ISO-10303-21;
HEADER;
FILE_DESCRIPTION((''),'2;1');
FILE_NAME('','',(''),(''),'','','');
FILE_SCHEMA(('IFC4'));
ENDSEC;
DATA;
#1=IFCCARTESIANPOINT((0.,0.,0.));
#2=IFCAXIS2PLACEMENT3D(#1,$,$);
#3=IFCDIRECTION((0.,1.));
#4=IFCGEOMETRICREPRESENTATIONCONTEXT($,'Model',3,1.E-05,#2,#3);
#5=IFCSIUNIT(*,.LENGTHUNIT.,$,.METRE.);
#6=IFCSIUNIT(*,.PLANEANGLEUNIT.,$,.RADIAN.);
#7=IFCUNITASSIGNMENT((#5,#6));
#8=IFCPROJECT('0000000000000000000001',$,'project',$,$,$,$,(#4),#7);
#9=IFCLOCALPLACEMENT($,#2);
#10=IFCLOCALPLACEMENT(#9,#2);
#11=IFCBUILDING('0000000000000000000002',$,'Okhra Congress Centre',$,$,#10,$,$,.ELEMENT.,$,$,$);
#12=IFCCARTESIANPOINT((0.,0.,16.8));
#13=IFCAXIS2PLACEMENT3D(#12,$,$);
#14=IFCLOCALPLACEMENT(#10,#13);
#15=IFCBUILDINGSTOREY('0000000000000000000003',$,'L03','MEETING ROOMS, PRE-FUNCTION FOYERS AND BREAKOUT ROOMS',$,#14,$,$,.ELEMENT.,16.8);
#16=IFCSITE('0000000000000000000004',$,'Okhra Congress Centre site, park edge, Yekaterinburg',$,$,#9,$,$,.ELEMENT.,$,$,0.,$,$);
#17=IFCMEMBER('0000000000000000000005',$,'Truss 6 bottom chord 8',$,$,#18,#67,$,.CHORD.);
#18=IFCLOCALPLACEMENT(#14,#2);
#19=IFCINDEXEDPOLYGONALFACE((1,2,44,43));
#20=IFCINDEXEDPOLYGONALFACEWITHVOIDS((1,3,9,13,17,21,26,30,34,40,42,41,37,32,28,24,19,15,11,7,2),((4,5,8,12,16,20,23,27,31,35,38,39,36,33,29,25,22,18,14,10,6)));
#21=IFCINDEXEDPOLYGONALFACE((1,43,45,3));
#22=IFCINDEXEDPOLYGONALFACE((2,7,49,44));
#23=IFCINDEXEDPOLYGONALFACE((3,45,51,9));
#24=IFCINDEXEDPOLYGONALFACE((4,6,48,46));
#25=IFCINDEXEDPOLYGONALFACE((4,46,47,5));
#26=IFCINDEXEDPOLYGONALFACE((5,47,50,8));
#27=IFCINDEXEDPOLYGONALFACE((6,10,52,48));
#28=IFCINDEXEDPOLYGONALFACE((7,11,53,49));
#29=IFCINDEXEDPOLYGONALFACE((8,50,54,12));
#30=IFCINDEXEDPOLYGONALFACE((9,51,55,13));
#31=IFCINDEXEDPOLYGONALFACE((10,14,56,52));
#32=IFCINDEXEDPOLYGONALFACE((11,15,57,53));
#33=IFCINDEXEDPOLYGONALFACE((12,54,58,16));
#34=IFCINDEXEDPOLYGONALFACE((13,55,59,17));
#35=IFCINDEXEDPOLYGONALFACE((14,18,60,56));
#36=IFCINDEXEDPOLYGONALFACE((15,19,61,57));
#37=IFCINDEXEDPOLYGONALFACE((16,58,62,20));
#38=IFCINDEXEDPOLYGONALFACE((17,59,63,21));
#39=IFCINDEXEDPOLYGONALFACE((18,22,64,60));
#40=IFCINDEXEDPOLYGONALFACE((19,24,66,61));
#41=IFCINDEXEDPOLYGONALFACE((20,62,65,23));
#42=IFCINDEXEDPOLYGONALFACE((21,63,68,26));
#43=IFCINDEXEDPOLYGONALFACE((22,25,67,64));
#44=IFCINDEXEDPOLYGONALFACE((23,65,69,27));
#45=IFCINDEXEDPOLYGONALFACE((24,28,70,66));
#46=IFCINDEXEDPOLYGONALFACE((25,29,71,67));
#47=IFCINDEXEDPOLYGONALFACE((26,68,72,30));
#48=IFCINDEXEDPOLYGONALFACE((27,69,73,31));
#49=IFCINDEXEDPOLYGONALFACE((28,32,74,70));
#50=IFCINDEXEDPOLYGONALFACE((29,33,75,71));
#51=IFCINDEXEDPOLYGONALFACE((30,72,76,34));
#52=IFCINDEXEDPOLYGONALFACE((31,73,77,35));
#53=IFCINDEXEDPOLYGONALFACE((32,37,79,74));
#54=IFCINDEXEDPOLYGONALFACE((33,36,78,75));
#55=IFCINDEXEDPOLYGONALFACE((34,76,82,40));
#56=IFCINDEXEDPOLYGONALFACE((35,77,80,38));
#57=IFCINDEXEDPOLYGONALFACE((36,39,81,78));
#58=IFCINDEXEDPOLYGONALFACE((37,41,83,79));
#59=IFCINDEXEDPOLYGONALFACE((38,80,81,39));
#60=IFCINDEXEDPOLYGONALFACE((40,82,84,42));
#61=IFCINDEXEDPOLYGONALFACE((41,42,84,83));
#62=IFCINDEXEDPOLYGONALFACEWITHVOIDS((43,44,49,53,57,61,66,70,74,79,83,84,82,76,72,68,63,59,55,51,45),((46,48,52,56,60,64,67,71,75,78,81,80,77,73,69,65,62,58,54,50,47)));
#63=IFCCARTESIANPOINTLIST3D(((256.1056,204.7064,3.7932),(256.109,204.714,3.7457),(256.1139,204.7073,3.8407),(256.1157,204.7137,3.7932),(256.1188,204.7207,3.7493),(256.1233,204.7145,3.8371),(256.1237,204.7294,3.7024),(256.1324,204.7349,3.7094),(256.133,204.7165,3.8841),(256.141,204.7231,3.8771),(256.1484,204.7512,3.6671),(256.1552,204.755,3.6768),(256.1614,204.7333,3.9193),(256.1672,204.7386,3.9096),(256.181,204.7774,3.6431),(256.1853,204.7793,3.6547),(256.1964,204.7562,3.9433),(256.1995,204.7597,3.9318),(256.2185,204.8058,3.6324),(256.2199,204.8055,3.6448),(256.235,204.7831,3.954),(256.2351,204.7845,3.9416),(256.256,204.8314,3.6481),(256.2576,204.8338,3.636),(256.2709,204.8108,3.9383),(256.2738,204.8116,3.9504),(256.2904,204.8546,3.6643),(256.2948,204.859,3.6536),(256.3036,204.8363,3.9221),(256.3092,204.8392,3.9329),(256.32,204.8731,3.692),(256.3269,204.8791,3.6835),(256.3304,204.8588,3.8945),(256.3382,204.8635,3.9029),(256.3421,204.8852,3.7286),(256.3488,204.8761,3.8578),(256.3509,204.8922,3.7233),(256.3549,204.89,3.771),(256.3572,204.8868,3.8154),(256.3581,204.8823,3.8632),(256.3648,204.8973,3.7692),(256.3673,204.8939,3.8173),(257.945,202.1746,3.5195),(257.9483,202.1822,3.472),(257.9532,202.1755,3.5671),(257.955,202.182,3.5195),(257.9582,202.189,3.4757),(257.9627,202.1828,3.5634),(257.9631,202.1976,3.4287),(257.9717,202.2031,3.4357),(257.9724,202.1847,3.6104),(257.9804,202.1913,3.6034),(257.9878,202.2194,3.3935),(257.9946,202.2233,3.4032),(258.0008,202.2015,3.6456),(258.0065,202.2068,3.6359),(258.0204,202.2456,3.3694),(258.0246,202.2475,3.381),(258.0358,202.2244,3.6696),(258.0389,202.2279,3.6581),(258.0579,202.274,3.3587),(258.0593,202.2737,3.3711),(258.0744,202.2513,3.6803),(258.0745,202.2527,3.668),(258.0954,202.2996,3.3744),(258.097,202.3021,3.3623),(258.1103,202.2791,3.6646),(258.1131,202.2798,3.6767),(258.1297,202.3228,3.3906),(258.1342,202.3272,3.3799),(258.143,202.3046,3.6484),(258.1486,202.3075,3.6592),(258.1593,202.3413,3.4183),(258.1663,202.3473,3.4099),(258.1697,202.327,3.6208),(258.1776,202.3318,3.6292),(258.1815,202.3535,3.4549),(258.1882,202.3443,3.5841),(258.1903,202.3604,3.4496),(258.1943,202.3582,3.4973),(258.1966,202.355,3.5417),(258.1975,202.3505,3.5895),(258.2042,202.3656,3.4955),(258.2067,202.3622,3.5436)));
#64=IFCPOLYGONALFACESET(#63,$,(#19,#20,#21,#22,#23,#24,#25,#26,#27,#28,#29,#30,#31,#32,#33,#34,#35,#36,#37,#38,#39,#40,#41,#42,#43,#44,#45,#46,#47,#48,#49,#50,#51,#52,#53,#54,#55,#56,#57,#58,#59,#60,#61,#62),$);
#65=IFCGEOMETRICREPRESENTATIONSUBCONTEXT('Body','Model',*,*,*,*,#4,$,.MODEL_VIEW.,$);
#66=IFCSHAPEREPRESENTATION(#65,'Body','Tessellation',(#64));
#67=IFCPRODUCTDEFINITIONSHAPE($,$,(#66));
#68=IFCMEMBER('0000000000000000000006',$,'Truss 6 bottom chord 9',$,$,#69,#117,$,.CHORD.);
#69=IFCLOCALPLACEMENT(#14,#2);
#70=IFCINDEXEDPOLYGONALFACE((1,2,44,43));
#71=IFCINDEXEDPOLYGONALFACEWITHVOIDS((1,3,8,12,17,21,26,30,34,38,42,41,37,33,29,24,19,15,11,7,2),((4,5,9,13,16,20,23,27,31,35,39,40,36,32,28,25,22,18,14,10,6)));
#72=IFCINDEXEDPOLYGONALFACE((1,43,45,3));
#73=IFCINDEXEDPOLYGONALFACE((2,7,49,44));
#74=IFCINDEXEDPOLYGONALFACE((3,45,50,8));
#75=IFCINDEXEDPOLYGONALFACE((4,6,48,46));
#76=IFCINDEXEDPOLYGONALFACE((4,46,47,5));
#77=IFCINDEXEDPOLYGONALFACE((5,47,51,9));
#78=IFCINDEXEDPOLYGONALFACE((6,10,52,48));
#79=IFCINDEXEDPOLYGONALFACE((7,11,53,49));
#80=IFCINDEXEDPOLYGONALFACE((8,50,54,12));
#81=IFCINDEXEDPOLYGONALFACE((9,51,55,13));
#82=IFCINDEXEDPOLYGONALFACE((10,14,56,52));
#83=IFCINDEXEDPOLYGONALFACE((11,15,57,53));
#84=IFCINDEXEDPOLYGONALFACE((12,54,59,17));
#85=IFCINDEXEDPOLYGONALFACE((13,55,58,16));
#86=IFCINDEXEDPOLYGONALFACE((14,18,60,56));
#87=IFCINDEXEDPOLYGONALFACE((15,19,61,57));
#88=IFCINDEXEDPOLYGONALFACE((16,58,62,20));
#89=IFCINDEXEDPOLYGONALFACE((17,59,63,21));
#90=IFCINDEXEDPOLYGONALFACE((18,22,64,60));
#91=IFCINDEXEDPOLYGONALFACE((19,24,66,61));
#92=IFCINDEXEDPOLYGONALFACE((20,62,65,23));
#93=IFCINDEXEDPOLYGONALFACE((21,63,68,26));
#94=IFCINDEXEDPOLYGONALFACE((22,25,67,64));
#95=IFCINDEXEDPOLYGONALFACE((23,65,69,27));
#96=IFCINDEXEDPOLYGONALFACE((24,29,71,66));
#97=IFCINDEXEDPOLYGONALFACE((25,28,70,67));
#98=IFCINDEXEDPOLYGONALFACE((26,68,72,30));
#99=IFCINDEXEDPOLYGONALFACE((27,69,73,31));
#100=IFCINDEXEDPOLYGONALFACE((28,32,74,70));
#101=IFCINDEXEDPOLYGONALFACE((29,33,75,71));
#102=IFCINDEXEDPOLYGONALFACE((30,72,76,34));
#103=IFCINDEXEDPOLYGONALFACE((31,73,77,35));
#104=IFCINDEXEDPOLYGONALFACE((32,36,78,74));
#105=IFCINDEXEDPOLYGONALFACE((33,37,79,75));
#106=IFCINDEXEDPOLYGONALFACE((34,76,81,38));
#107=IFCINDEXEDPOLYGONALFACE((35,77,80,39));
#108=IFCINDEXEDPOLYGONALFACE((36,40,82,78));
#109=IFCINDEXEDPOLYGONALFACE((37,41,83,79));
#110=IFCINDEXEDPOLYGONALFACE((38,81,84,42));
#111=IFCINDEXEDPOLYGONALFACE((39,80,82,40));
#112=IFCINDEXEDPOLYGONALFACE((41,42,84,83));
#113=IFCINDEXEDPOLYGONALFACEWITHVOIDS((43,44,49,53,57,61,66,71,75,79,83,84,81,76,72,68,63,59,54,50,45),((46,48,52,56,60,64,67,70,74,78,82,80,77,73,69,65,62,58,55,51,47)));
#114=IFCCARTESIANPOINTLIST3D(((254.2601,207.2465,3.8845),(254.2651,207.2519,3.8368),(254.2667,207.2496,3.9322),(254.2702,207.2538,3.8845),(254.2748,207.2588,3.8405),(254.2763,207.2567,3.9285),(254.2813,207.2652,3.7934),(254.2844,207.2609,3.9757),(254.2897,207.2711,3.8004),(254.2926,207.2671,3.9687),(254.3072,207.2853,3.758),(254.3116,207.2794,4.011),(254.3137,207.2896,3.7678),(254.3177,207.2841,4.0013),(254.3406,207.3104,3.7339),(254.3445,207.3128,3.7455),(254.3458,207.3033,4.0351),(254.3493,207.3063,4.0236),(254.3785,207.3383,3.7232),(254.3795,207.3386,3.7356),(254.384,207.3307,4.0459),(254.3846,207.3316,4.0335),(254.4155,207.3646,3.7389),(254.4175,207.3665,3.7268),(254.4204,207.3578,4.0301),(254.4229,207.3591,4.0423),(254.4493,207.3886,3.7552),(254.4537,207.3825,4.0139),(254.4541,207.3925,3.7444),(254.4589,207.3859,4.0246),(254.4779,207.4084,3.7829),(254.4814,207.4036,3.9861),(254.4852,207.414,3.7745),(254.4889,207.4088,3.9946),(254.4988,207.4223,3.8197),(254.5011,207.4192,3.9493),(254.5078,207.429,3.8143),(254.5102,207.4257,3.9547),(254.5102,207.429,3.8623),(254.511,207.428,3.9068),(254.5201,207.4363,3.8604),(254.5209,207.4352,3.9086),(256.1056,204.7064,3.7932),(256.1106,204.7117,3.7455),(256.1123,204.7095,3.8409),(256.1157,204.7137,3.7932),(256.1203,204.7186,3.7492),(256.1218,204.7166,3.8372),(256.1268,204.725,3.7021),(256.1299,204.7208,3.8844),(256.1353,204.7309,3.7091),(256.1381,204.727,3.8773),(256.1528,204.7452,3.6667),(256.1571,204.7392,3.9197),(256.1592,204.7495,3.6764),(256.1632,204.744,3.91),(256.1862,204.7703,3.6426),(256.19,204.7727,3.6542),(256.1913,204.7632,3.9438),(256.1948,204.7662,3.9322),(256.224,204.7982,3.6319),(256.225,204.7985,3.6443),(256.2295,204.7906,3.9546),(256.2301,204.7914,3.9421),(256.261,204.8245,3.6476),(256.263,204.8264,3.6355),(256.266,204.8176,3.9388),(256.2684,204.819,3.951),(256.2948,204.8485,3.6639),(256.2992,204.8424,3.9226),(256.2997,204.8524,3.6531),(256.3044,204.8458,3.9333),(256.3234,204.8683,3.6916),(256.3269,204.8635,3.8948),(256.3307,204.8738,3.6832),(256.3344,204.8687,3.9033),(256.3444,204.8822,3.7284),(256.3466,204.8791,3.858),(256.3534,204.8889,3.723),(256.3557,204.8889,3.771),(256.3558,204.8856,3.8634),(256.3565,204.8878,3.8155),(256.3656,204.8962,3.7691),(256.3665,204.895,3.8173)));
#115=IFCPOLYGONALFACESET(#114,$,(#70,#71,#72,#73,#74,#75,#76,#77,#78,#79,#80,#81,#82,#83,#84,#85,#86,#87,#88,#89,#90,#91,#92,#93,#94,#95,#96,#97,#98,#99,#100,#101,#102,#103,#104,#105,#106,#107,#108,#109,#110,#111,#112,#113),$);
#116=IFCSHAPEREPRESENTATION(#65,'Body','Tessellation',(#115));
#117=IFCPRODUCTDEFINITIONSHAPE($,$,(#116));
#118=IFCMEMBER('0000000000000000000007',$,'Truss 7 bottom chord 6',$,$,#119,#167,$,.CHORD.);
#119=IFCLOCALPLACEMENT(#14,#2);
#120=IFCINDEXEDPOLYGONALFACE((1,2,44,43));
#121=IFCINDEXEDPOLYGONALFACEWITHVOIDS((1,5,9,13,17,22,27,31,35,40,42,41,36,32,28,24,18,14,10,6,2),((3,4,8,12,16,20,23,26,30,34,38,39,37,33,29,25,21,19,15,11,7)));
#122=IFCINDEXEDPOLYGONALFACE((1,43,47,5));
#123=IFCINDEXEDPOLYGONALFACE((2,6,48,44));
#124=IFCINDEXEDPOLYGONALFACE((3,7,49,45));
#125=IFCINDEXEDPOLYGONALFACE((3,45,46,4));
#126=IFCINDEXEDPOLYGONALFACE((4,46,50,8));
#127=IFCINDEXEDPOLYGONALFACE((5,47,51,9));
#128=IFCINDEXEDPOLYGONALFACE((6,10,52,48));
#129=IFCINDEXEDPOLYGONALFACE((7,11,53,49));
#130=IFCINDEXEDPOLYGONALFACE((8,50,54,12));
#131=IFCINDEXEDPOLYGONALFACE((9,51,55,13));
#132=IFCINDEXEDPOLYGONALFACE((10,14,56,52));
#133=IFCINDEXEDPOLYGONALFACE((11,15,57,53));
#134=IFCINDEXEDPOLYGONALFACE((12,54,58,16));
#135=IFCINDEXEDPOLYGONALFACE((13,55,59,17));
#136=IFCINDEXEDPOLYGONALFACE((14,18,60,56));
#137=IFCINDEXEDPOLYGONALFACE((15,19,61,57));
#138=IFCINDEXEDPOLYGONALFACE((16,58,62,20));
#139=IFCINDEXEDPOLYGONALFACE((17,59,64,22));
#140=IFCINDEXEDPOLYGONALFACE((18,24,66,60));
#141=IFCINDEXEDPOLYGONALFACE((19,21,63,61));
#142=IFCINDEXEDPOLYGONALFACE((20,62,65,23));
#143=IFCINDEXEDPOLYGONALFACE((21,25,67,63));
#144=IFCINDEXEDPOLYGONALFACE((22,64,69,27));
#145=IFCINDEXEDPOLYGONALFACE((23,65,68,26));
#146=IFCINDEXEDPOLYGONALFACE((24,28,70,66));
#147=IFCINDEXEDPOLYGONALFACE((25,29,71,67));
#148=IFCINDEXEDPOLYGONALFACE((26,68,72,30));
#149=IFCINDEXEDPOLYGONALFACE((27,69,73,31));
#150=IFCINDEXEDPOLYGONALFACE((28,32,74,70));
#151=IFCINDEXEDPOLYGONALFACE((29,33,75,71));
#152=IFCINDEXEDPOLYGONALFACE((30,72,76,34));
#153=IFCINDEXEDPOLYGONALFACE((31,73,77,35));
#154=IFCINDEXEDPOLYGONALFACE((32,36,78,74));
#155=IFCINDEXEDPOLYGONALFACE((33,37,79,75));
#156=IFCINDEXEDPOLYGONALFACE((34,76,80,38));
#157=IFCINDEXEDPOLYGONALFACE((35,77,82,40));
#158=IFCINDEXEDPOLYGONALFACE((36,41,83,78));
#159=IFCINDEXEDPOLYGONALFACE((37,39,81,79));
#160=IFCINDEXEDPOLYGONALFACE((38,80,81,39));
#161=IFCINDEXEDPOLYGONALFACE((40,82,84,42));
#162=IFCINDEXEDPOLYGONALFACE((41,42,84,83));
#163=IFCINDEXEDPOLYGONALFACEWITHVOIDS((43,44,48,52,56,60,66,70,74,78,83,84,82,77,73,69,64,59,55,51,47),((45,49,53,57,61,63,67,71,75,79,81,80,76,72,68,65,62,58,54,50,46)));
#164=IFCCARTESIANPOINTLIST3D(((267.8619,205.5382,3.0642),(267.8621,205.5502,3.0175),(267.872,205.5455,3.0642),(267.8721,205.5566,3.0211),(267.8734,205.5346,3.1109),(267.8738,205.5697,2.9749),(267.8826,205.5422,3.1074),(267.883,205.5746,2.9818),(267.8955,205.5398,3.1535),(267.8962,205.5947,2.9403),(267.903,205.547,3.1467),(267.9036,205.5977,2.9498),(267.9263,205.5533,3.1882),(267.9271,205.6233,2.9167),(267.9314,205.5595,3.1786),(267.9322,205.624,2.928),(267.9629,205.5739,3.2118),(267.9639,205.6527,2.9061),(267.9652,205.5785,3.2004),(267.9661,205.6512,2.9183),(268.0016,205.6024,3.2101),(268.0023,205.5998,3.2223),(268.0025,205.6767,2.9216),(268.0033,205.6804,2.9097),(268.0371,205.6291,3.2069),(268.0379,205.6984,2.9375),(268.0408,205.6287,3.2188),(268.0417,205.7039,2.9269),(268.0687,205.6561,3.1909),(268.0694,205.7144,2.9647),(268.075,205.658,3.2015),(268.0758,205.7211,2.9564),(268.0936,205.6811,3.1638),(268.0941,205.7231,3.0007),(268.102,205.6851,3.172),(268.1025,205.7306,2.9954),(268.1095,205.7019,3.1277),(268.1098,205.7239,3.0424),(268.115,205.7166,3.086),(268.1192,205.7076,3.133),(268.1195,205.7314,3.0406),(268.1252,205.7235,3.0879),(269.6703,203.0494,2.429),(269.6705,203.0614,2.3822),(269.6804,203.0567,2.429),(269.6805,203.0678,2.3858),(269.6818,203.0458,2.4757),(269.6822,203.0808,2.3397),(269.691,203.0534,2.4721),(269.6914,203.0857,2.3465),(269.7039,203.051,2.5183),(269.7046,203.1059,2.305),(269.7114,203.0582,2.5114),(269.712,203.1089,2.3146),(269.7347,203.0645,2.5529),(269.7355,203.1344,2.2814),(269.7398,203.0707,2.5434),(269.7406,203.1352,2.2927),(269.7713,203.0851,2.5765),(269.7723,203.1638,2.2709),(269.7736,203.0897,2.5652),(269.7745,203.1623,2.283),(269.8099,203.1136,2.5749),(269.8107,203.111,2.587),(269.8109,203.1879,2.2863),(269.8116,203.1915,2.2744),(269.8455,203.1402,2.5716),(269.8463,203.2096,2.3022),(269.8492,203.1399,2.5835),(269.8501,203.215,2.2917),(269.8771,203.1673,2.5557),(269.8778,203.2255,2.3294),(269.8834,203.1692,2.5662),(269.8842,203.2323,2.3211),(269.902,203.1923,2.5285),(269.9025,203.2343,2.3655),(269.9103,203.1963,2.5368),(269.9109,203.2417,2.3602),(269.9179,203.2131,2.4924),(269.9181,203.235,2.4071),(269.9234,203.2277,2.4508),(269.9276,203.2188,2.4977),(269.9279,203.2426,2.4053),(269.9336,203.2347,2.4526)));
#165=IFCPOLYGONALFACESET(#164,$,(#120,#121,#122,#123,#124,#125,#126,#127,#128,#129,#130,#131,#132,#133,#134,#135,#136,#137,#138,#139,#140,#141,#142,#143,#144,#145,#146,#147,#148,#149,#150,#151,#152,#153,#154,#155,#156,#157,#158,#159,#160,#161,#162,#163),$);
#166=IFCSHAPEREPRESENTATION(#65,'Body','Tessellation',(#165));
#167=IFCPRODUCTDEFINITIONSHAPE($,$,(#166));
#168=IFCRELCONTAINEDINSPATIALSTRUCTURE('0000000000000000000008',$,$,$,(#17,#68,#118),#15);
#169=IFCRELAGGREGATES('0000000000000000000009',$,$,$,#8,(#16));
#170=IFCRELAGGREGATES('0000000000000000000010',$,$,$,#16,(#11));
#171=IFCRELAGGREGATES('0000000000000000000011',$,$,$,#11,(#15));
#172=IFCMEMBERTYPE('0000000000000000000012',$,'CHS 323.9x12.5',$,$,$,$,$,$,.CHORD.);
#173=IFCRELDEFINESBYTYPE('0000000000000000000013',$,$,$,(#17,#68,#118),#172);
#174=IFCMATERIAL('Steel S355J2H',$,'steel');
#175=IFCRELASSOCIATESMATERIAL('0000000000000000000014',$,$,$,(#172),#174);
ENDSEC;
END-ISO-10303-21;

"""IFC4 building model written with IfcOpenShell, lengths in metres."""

from ifc_helpers import new_model, si_unit, direction, frame, origin, origin_2d, place, context, subcontext, project, spatial, hollow_circle, extrude, material, material_profile, profile_set, type_object, element, save


model = new_model("IFC4")

# Units and contexts
model_context = context("Model", 3, precision=1e-05, world=origin(), true_north=direction((0.0, 1.0)))
body_context = subcontext(model_context, "Body", "Model", "MODEL_VIEW")
ifc_project = project(units=[si_unit("LENGTHUNIT", "METRE"), si_unit("PLANEANGLEUNIT", "RADIAN")], contexts=[model_context])

# Site, building, storey
site_placement = place(None, origin())
site = spatial("IfcSite", under=ifc_project, at=site_placement, Name="Okhra Congress Centre site, park edge, Yekaterinburg", CompositionType="ELEMENT", RefElevation=0.0)
building_placement = place(site_placement, origin())
building = spatial("IfcBuilding", under=site, at=building_placement, Name="Okhra Congress Centre", CompositionType="ELEMENT")
storey_placement = place(building_placement, frame((0.0, 0.0, 16.8)))
storey = spatial("IfcBuildingStorey", under=building, at=storey_placement, Name="L03", Description="MEETING ROOMS, PRE-FUNCTION FOYERS AND BREAKOUT ROOMS", CompositionType="ELEMENT", Elevation=16.8)

# Members
ifc_material_1 = material(Name="Steel S355J2H", Category="steel")
ifc_material_profile_1 = material_profile(ifc_material_1, hollow_circle(Radius=0.1619, WallThickness=0.0125, at=origin_2d()), Name="CHS 323.9x12.5")
ifc_profile_set_1 = profile_set([ifc_material_profile_1], Name="Steel S355J2H")
member_type_1 = type_object("IfcMemberType", Name="CHS 323.9x12.5", PredefinedType="CHORD", material=ifc_profile_set_1)
member_1_placement = place(storey_placement, frame((258.0759, 202.2698, 3.5195), z_axis=(-0.585538, 0.80595, 0.087123), x_axis=(-0.809026, -0.587773, 0.0)))
element("IfcMember", 1, at=member_1_placement, inside=storey, type_object=member_type_1, Name="Truss 6 bottom chord 8", PredefinedType="CHORD", context=body_context, shape_type="SweptSolid", body=[
    extrude(hollow_circle(Radius=0.1619, WallThickness=0.0125, at=origin_2d()), origin(), (0.0, 0.0, 1.0), 3.1414),
])
member_2_placement = place(storey_placement, frame((256.2366, 204.8015, 3.7932), z_axis=(-0.587539, 0.808673, 0.02907), x_axis=(-0.809015, -0.587788, 0.0)))
element("IfcMember", 2, at=member_2_placement, inside=storey, type_object=member_type_1, Name="Truss 6 bottom chord 9", PredefinedType="CHORD", context=body_context, shape_type="SweptSolid", body=[
    extrude(hollow_circle(Radius=0.1619, WallThickness=0.0125, at=origin_2d()), origin(), (0.0, 0.0, 1.0), 3.1411),
])
member_3_placement = place(storey_placement, frame((269.8013, 203.1445, 2.429), z_axis=(-0.575673, 0.792278, 0.202228), x_axis=(-0.808993, -0.587818, 0.0)))
element("IfcMember", 3, at=member_3_placement, inside=storey, type_object=member_type_1, Name="Truss 7 bottom chord 6", PredefinedType="CHORD", context=body_context, shape_type="SweptSolid", body=[
    extrude(hollow_circle(Radius=0.1619, WallThickness=0.0125, at=origin_2d()), origin(), (0.0, 0.0, 1.0), 3.1414),
])

save(model, "model.ifc")
